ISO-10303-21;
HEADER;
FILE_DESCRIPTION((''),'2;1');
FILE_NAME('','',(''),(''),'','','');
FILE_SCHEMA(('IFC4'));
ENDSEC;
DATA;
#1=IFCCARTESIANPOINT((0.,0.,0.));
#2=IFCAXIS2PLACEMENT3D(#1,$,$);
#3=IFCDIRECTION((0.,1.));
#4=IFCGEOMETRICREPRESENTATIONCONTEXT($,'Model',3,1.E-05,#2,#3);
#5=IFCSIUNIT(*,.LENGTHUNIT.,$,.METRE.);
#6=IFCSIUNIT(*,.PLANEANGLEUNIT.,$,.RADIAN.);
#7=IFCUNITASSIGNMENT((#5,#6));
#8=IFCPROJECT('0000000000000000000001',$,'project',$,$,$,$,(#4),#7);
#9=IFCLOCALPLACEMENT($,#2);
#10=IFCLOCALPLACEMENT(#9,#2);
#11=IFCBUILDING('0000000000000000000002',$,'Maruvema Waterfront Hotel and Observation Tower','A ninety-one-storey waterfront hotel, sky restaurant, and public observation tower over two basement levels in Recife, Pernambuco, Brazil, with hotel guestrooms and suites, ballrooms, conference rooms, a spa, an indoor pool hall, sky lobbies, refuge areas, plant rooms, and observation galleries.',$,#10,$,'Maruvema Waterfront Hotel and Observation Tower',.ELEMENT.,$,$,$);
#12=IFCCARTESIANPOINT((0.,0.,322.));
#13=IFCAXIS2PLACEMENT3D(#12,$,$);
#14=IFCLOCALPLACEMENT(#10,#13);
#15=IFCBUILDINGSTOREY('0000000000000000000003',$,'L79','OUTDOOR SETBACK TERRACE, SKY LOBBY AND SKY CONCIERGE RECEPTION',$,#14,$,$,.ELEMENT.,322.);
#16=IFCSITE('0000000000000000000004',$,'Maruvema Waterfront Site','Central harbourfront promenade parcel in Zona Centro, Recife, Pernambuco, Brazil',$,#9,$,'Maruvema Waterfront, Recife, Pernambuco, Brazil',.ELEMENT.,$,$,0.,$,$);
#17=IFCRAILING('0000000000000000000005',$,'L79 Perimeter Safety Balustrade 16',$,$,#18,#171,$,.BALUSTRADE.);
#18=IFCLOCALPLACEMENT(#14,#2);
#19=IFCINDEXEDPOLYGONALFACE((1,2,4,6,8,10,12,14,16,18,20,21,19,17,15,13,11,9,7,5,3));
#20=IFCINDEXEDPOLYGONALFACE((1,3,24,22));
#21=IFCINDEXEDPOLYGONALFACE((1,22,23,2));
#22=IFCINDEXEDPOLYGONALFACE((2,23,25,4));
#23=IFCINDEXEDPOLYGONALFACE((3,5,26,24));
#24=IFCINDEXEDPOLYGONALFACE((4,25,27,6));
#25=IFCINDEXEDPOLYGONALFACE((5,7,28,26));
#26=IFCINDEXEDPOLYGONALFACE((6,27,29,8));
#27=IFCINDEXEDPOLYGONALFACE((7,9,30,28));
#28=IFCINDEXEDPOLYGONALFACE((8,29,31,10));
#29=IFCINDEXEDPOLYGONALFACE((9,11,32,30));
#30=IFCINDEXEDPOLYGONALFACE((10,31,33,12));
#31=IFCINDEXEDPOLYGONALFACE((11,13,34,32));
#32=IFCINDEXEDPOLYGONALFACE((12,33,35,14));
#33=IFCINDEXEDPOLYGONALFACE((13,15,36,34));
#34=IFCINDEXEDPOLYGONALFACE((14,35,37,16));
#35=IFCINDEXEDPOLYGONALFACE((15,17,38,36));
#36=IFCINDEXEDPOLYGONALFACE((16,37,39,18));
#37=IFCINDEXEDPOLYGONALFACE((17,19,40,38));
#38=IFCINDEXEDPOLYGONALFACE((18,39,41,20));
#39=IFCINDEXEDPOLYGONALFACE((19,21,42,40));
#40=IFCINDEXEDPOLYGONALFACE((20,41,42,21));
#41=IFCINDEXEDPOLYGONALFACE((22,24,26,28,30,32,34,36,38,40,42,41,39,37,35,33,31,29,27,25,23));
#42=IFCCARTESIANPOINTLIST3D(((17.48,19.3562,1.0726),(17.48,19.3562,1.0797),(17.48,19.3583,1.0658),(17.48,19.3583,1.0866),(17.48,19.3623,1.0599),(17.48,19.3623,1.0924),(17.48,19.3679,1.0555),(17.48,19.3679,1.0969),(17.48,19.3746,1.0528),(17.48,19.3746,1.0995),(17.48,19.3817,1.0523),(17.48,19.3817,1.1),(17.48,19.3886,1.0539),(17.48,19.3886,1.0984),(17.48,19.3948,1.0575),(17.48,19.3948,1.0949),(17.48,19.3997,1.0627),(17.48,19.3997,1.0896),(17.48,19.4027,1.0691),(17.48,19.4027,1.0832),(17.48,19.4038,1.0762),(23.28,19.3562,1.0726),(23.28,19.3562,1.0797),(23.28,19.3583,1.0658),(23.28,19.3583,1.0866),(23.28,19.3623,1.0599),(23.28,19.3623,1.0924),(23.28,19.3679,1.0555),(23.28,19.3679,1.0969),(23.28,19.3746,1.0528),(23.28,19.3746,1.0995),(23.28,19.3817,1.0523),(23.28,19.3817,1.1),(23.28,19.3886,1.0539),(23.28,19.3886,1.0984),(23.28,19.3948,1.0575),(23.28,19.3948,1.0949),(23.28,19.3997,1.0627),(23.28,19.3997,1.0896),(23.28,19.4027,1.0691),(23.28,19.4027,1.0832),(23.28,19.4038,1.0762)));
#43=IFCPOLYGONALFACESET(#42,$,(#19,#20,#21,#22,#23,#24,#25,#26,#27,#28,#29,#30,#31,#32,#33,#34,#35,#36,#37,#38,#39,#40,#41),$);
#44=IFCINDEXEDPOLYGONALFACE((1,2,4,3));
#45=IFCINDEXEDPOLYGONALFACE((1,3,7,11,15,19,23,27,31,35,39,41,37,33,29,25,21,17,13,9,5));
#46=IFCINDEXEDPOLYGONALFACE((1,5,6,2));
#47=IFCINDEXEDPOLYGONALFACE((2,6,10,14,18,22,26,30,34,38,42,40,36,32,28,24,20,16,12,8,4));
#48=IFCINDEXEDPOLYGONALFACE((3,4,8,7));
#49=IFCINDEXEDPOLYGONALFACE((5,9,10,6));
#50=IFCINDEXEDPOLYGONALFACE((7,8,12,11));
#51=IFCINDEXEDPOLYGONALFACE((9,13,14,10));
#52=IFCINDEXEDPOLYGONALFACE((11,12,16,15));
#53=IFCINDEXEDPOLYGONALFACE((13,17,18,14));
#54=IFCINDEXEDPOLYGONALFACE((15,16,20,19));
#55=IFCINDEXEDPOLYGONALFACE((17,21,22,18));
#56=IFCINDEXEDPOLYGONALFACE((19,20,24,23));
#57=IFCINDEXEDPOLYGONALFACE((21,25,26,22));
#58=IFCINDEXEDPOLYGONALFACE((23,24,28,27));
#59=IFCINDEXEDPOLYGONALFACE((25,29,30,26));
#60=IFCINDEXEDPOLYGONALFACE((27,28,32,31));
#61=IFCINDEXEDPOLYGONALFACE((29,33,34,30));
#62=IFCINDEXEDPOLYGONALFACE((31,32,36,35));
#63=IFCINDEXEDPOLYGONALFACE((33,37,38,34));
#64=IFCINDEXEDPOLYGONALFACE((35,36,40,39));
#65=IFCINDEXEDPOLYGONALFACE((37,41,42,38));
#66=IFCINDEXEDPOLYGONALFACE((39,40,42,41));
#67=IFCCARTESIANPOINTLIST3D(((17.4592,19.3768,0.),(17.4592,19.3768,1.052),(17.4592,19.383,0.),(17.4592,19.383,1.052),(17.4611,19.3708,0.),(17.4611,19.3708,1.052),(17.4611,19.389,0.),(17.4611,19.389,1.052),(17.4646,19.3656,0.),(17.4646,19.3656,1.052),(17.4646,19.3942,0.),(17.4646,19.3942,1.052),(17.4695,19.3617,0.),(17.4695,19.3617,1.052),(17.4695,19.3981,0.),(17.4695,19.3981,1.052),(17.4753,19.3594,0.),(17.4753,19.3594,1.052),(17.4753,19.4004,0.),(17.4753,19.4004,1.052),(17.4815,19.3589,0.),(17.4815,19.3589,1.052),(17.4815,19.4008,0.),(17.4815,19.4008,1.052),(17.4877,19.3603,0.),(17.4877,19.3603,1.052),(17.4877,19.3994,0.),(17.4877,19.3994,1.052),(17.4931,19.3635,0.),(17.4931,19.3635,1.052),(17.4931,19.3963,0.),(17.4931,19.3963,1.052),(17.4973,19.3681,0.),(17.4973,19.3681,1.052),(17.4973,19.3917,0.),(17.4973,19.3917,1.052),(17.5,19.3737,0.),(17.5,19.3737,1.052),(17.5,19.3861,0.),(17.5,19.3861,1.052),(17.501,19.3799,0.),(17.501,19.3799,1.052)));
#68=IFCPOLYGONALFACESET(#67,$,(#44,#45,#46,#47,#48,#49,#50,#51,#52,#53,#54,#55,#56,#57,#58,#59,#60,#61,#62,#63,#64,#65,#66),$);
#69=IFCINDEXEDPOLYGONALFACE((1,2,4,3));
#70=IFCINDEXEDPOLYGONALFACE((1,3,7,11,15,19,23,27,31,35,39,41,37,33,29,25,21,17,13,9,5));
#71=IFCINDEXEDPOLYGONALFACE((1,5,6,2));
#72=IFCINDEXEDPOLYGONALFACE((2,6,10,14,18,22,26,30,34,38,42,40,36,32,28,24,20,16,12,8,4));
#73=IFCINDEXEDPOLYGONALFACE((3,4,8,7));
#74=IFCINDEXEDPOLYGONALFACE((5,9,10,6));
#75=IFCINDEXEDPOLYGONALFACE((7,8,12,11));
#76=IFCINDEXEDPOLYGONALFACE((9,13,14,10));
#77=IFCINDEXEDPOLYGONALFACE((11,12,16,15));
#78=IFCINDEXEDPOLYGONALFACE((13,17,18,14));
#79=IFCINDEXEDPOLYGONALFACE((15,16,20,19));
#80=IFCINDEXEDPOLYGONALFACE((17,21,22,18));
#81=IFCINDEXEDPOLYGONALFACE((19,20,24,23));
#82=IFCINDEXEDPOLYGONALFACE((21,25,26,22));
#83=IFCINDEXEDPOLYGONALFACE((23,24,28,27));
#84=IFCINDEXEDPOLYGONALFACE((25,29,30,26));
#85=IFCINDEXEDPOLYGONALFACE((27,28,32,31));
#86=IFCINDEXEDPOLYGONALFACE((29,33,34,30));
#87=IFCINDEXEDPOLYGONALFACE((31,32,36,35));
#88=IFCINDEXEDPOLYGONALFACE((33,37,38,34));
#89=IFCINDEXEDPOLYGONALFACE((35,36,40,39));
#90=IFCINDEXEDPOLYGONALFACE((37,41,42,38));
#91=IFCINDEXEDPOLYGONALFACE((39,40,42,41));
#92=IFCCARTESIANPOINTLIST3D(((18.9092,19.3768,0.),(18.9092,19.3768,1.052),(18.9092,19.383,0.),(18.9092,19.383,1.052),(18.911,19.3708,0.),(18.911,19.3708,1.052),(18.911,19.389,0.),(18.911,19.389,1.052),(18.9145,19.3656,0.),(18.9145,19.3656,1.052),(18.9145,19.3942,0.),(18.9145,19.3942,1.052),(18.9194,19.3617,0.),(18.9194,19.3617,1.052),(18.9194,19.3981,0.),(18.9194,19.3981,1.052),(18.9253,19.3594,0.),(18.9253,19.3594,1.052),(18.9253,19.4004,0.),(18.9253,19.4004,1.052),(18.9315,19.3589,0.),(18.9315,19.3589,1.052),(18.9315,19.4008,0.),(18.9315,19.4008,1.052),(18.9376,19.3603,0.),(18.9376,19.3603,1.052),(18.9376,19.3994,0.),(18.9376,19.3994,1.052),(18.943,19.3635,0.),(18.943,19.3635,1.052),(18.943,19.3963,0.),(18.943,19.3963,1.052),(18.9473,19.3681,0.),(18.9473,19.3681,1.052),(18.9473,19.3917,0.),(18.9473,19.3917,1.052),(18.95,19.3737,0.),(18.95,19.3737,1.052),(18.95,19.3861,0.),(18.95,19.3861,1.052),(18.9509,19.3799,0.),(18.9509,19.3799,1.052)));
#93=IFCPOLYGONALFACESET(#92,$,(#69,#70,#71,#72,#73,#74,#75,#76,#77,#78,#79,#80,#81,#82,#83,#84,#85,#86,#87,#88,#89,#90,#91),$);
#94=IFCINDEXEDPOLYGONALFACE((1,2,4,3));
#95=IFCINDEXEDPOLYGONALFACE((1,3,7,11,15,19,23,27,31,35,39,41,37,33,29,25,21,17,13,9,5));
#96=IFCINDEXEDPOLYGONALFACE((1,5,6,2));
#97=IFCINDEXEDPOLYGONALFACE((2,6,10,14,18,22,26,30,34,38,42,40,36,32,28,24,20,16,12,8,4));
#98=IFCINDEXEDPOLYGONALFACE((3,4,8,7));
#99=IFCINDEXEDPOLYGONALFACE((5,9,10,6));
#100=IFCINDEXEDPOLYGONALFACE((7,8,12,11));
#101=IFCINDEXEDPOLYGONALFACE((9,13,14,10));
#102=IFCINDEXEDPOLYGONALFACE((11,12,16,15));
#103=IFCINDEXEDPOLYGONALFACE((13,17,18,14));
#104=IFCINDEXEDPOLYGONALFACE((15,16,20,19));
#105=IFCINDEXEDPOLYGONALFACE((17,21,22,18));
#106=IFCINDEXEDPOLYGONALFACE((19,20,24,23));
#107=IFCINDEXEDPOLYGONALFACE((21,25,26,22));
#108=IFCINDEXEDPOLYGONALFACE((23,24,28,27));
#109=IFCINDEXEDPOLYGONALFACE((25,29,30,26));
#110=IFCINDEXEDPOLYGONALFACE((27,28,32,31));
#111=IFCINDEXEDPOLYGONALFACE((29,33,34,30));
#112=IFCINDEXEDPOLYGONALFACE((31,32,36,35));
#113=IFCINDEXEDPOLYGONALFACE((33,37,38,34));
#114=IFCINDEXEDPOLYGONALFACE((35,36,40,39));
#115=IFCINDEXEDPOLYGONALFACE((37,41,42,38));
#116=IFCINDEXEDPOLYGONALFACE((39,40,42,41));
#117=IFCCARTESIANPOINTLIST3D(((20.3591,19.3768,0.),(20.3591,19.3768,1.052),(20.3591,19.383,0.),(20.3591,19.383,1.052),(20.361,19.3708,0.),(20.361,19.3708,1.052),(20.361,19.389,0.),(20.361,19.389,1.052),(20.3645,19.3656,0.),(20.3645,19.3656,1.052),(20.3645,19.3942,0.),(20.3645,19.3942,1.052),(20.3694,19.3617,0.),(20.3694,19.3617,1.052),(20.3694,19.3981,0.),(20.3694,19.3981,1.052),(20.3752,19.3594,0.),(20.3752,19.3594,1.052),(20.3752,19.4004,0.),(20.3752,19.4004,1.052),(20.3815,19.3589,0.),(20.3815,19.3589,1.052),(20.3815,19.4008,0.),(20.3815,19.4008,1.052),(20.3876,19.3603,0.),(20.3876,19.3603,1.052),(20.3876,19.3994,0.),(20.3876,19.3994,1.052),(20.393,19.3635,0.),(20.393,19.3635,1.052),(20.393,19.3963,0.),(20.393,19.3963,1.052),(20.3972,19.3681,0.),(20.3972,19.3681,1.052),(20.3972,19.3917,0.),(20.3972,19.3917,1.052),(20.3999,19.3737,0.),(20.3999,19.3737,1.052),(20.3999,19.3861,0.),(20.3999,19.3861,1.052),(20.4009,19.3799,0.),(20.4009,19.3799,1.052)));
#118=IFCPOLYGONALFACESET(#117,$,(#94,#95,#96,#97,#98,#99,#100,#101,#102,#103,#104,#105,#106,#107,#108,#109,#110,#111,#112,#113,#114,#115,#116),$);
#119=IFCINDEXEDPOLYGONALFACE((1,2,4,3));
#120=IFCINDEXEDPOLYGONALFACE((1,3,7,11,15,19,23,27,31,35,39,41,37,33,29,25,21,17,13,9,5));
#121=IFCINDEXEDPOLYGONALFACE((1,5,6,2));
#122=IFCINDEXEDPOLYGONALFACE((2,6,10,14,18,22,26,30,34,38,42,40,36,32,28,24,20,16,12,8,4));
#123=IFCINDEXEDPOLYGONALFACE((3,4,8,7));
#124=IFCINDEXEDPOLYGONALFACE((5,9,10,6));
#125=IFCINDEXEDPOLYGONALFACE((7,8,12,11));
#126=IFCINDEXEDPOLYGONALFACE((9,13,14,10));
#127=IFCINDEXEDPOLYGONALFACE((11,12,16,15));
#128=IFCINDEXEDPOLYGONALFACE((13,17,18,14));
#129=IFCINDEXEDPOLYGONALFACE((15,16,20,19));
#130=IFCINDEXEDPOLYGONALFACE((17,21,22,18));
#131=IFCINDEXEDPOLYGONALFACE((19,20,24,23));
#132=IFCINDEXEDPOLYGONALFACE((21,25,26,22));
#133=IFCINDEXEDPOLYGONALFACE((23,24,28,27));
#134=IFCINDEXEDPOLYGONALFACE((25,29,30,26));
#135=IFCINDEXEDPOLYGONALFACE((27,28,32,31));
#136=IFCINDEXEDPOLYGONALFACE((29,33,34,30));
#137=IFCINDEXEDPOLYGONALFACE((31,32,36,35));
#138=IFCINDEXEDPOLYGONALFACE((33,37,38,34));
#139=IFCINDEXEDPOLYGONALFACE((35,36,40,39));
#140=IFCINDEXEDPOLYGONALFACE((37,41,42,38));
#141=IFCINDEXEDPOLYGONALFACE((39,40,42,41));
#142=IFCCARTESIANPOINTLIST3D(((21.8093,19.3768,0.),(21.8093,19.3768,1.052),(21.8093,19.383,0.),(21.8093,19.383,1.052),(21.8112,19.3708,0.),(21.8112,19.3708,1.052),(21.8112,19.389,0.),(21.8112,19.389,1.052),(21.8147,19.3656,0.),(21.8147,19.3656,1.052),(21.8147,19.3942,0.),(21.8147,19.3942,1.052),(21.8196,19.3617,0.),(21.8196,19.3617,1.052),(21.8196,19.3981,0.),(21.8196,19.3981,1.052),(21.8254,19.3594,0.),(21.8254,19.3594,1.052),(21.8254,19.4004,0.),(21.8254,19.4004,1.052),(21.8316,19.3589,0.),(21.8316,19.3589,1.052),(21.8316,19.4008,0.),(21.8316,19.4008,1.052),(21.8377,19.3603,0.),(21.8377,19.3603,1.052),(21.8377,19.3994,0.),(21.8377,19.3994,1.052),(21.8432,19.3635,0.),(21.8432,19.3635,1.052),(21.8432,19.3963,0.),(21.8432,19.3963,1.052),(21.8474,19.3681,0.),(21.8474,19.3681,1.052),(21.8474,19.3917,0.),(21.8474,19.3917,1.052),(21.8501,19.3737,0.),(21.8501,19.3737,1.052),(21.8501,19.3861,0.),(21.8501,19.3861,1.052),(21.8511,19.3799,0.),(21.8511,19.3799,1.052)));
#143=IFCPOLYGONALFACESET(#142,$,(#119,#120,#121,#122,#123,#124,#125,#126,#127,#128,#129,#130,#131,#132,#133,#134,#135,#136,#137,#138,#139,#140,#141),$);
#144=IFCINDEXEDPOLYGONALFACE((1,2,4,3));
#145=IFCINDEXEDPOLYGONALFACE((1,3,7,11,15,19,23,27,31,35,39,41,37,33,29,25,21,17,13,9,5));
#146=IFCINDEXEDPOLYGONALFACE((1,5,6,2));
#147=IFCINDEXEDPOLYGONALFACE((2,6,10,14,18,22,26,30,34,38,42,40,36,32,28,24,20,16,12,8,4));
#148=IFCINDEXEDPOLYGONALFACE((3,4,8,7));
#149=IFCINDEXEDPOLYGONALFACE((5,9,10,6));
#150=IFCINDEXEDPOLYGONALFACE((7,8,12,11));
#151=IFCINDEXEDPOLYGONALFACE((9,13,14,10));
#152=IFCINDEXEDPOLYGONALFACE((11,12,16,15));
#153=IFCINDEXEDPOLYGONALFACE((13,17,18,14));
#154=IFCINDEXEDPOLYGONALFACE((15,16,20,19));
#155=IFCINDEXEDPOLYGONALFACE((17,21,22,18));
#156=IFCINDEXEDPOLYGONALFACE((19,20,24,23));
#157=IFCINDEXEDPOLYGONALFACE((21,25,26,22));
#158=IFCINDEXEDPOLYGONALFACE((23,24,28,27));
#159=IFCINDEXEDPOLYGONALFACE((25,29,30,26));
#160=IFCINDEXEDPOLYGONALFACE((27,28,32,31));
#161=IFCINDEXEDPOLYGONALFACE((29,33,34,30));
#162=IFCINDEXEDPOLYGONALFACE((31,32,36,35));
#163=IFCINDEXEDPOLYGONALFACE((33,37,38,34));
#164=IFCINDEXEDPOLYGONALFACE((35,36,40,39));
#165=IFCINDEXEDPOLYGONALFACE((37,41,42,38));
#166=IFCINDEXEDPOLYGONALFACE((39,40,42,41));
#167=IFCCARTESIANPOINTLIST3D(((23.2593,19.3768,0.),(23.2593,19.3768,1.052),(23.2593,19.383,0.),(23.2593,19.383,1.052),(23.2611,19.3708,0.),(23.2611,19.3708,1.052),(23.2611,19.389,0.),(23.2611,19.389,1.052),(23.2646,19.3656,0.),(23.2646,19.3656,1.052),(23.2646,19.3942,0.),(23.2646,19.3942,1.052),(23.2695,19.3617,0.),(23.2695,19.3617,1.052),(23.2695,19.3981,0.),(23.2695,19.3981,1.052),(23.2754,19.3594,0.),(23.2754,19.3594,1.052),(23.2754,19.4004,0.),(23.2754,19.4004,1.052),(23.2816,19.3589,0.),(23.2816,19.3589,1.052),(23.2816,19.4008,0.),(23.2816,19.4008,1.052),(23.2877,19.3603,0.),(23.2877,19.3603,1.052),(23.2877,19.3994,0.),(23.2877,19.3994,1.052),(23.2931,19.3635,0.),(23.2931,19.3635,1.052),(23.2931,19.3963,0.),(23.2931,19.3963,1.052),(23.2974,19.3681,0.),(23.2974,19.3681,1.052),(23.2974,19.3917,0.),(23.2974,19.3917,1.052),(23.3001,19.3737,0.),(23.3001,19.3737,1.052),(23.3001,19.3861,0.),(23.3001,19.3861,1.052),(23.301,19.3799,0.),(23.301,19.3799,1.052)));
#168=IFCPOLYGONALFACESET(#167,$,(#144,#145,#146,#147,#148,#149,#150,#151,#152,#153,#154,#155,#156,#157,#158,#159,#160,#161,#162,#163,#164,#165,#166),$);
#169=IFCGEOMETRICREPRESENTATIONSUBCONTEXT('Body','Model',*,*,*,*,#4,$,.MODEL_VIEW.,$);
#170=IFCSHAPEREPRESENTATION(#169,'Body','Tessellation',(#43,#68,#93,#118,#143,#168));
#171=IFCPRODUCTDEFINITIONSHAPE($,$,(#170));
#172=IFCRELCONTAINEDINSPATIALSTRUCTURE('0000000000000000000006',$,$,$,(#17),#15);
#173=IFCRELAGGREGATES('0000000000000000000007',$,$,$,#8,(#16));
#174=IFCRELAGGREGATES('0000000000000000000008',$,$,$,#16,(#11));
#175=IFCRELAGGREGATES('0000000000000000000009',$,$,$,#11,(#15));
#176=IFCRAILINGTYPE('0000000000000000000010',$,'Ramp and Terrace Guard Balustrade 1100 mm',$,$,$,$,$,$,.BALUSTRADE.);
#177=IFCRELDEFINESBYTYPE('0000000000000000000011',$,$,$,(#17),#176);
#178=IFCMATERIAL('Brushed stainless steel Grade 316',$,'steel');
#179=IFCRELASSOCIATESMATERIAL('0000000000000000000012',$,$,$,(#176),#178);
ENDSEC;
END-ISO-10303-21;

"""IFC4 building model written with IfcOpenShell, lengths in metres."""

from ifc_helpers import new_model, si_unit, direction, frame, origin, origin_2d, place, context, subcontext, project, spatial, circle, extrude, material, type_object, element, save


model = new_model("IFC4")

# Units and contexts
model_context = context("Model", 3, precision=1e-05, world=origin(), true_north=direction((0.0, 1.0)))
body_context = subcontext(model_context, "Body", "Model", "MODEL_VIEW")
ifc_project = project(units=[si_unit("LENGTHUNIT", "METRE"), si_unit("PLANEANGLEUNIT", "RADIAN")], contexts=[model_context])

# Site, building, storey
site_placement = place(None, origin())
site = spatial("IfcSite", under=ifc_project, at=site_placement, Name="Maruvema Waterfront Site", Description="Central harbourfront promenade parcel in Zona Centro, Recife, Pernambuco, Brazil", LongName="Maruvema Waterfront, Recife, Pernambuco, Brazil", CompositionType="ELEMENT", RefElevation=0.0)
building_placement = place(site_placement, origin())
building = spatial("IfcBuilding", under=site, at=building_placement, Name="Maruvema Waterfront Hotel and Observation Tower", Description="A ninety-one-storey waterfront hotel, sky restaurant, and public observation tower over two basement levels in Recife, Pernambuco, Brazil, with hotel guestrooms and suites, ballrooms, conference rooms, a spa, an indoor pool hall, sky lobbies, refuge areas, plant rooms, and observation galleries.", LongName="Maruvema Waterfront Hotel and Observation Tower", CompositionType="ELEMENT")
storey_placement = place(building_placement, frame((0.0, 0.0, 322.0)))
storey = spatial("IfcBuildingStorey", under=building, at=storey_placement, Name="L79", Description="OUTDOOR SETBACK TERRACE, SKY LOBBY AND SKY CONCIERGE RECEPTION", CompositionType="ELEMENT", Elevation=322.0)

# Railing
ifc_material_1 = material(Name="Brushed stainless steel Grade 316", Category="steel")
railing_type = type_object("IfcRailingType", Name="Ramp and Terrace Guard Balustrade 1100 mm", PredefinedType="BALUSTRADE", material=ifc_material_1)
railing_1_placement = place(storey_placement, frame((17.48, 19.3799, 0.0)))
element("IfcRailing", 1, at=railing_1_placement, inside=storey, type_object=railing_type, Name="L79 Perimeter Safety Balustrade 16", PredefinedType="BALUSTRADE", context=body_context, shape_type="SweptSolid", body=[
    extrude(circle(Radius=0.0239, at=origin_2d()), frame((0.0, 0.0, 1.0762), z_axis=(1.0, 0.0, 0.0), x_axis=(0.0, 1.0, 0.0)), (0.0, 0.0, 1.0), 5.8),
    extrude(circle(Radius=0.021, at=origin_2d()), origin(), (0.0, 0.0, 1.0), 1.052),
    extrude(circle(Radius=0.021, at=origin_2d()), frame((1.45, 0.0, 0.0)), (0.0, 0.0, 1.0), 1.052),
    extrude(circle(Radius=0.021, at=origin_2d()), frame((2.8999, 0.0, 0.0)), (0.0, 0.0, 1.0), 1.052),
    extrude(circle(Radius=0.021, at=origin_2d()), frame((4.3501, 0.0, 0.0)), (0.0, 0.0, 1.0), 1.052),
    extrude(circle(Radius=0.021, at=origin_2d()), frame((5.8, 0.0, 0.0)), (0.0, 0.0, 1.0), 1.052),
])

save(model, "model.ifc")
